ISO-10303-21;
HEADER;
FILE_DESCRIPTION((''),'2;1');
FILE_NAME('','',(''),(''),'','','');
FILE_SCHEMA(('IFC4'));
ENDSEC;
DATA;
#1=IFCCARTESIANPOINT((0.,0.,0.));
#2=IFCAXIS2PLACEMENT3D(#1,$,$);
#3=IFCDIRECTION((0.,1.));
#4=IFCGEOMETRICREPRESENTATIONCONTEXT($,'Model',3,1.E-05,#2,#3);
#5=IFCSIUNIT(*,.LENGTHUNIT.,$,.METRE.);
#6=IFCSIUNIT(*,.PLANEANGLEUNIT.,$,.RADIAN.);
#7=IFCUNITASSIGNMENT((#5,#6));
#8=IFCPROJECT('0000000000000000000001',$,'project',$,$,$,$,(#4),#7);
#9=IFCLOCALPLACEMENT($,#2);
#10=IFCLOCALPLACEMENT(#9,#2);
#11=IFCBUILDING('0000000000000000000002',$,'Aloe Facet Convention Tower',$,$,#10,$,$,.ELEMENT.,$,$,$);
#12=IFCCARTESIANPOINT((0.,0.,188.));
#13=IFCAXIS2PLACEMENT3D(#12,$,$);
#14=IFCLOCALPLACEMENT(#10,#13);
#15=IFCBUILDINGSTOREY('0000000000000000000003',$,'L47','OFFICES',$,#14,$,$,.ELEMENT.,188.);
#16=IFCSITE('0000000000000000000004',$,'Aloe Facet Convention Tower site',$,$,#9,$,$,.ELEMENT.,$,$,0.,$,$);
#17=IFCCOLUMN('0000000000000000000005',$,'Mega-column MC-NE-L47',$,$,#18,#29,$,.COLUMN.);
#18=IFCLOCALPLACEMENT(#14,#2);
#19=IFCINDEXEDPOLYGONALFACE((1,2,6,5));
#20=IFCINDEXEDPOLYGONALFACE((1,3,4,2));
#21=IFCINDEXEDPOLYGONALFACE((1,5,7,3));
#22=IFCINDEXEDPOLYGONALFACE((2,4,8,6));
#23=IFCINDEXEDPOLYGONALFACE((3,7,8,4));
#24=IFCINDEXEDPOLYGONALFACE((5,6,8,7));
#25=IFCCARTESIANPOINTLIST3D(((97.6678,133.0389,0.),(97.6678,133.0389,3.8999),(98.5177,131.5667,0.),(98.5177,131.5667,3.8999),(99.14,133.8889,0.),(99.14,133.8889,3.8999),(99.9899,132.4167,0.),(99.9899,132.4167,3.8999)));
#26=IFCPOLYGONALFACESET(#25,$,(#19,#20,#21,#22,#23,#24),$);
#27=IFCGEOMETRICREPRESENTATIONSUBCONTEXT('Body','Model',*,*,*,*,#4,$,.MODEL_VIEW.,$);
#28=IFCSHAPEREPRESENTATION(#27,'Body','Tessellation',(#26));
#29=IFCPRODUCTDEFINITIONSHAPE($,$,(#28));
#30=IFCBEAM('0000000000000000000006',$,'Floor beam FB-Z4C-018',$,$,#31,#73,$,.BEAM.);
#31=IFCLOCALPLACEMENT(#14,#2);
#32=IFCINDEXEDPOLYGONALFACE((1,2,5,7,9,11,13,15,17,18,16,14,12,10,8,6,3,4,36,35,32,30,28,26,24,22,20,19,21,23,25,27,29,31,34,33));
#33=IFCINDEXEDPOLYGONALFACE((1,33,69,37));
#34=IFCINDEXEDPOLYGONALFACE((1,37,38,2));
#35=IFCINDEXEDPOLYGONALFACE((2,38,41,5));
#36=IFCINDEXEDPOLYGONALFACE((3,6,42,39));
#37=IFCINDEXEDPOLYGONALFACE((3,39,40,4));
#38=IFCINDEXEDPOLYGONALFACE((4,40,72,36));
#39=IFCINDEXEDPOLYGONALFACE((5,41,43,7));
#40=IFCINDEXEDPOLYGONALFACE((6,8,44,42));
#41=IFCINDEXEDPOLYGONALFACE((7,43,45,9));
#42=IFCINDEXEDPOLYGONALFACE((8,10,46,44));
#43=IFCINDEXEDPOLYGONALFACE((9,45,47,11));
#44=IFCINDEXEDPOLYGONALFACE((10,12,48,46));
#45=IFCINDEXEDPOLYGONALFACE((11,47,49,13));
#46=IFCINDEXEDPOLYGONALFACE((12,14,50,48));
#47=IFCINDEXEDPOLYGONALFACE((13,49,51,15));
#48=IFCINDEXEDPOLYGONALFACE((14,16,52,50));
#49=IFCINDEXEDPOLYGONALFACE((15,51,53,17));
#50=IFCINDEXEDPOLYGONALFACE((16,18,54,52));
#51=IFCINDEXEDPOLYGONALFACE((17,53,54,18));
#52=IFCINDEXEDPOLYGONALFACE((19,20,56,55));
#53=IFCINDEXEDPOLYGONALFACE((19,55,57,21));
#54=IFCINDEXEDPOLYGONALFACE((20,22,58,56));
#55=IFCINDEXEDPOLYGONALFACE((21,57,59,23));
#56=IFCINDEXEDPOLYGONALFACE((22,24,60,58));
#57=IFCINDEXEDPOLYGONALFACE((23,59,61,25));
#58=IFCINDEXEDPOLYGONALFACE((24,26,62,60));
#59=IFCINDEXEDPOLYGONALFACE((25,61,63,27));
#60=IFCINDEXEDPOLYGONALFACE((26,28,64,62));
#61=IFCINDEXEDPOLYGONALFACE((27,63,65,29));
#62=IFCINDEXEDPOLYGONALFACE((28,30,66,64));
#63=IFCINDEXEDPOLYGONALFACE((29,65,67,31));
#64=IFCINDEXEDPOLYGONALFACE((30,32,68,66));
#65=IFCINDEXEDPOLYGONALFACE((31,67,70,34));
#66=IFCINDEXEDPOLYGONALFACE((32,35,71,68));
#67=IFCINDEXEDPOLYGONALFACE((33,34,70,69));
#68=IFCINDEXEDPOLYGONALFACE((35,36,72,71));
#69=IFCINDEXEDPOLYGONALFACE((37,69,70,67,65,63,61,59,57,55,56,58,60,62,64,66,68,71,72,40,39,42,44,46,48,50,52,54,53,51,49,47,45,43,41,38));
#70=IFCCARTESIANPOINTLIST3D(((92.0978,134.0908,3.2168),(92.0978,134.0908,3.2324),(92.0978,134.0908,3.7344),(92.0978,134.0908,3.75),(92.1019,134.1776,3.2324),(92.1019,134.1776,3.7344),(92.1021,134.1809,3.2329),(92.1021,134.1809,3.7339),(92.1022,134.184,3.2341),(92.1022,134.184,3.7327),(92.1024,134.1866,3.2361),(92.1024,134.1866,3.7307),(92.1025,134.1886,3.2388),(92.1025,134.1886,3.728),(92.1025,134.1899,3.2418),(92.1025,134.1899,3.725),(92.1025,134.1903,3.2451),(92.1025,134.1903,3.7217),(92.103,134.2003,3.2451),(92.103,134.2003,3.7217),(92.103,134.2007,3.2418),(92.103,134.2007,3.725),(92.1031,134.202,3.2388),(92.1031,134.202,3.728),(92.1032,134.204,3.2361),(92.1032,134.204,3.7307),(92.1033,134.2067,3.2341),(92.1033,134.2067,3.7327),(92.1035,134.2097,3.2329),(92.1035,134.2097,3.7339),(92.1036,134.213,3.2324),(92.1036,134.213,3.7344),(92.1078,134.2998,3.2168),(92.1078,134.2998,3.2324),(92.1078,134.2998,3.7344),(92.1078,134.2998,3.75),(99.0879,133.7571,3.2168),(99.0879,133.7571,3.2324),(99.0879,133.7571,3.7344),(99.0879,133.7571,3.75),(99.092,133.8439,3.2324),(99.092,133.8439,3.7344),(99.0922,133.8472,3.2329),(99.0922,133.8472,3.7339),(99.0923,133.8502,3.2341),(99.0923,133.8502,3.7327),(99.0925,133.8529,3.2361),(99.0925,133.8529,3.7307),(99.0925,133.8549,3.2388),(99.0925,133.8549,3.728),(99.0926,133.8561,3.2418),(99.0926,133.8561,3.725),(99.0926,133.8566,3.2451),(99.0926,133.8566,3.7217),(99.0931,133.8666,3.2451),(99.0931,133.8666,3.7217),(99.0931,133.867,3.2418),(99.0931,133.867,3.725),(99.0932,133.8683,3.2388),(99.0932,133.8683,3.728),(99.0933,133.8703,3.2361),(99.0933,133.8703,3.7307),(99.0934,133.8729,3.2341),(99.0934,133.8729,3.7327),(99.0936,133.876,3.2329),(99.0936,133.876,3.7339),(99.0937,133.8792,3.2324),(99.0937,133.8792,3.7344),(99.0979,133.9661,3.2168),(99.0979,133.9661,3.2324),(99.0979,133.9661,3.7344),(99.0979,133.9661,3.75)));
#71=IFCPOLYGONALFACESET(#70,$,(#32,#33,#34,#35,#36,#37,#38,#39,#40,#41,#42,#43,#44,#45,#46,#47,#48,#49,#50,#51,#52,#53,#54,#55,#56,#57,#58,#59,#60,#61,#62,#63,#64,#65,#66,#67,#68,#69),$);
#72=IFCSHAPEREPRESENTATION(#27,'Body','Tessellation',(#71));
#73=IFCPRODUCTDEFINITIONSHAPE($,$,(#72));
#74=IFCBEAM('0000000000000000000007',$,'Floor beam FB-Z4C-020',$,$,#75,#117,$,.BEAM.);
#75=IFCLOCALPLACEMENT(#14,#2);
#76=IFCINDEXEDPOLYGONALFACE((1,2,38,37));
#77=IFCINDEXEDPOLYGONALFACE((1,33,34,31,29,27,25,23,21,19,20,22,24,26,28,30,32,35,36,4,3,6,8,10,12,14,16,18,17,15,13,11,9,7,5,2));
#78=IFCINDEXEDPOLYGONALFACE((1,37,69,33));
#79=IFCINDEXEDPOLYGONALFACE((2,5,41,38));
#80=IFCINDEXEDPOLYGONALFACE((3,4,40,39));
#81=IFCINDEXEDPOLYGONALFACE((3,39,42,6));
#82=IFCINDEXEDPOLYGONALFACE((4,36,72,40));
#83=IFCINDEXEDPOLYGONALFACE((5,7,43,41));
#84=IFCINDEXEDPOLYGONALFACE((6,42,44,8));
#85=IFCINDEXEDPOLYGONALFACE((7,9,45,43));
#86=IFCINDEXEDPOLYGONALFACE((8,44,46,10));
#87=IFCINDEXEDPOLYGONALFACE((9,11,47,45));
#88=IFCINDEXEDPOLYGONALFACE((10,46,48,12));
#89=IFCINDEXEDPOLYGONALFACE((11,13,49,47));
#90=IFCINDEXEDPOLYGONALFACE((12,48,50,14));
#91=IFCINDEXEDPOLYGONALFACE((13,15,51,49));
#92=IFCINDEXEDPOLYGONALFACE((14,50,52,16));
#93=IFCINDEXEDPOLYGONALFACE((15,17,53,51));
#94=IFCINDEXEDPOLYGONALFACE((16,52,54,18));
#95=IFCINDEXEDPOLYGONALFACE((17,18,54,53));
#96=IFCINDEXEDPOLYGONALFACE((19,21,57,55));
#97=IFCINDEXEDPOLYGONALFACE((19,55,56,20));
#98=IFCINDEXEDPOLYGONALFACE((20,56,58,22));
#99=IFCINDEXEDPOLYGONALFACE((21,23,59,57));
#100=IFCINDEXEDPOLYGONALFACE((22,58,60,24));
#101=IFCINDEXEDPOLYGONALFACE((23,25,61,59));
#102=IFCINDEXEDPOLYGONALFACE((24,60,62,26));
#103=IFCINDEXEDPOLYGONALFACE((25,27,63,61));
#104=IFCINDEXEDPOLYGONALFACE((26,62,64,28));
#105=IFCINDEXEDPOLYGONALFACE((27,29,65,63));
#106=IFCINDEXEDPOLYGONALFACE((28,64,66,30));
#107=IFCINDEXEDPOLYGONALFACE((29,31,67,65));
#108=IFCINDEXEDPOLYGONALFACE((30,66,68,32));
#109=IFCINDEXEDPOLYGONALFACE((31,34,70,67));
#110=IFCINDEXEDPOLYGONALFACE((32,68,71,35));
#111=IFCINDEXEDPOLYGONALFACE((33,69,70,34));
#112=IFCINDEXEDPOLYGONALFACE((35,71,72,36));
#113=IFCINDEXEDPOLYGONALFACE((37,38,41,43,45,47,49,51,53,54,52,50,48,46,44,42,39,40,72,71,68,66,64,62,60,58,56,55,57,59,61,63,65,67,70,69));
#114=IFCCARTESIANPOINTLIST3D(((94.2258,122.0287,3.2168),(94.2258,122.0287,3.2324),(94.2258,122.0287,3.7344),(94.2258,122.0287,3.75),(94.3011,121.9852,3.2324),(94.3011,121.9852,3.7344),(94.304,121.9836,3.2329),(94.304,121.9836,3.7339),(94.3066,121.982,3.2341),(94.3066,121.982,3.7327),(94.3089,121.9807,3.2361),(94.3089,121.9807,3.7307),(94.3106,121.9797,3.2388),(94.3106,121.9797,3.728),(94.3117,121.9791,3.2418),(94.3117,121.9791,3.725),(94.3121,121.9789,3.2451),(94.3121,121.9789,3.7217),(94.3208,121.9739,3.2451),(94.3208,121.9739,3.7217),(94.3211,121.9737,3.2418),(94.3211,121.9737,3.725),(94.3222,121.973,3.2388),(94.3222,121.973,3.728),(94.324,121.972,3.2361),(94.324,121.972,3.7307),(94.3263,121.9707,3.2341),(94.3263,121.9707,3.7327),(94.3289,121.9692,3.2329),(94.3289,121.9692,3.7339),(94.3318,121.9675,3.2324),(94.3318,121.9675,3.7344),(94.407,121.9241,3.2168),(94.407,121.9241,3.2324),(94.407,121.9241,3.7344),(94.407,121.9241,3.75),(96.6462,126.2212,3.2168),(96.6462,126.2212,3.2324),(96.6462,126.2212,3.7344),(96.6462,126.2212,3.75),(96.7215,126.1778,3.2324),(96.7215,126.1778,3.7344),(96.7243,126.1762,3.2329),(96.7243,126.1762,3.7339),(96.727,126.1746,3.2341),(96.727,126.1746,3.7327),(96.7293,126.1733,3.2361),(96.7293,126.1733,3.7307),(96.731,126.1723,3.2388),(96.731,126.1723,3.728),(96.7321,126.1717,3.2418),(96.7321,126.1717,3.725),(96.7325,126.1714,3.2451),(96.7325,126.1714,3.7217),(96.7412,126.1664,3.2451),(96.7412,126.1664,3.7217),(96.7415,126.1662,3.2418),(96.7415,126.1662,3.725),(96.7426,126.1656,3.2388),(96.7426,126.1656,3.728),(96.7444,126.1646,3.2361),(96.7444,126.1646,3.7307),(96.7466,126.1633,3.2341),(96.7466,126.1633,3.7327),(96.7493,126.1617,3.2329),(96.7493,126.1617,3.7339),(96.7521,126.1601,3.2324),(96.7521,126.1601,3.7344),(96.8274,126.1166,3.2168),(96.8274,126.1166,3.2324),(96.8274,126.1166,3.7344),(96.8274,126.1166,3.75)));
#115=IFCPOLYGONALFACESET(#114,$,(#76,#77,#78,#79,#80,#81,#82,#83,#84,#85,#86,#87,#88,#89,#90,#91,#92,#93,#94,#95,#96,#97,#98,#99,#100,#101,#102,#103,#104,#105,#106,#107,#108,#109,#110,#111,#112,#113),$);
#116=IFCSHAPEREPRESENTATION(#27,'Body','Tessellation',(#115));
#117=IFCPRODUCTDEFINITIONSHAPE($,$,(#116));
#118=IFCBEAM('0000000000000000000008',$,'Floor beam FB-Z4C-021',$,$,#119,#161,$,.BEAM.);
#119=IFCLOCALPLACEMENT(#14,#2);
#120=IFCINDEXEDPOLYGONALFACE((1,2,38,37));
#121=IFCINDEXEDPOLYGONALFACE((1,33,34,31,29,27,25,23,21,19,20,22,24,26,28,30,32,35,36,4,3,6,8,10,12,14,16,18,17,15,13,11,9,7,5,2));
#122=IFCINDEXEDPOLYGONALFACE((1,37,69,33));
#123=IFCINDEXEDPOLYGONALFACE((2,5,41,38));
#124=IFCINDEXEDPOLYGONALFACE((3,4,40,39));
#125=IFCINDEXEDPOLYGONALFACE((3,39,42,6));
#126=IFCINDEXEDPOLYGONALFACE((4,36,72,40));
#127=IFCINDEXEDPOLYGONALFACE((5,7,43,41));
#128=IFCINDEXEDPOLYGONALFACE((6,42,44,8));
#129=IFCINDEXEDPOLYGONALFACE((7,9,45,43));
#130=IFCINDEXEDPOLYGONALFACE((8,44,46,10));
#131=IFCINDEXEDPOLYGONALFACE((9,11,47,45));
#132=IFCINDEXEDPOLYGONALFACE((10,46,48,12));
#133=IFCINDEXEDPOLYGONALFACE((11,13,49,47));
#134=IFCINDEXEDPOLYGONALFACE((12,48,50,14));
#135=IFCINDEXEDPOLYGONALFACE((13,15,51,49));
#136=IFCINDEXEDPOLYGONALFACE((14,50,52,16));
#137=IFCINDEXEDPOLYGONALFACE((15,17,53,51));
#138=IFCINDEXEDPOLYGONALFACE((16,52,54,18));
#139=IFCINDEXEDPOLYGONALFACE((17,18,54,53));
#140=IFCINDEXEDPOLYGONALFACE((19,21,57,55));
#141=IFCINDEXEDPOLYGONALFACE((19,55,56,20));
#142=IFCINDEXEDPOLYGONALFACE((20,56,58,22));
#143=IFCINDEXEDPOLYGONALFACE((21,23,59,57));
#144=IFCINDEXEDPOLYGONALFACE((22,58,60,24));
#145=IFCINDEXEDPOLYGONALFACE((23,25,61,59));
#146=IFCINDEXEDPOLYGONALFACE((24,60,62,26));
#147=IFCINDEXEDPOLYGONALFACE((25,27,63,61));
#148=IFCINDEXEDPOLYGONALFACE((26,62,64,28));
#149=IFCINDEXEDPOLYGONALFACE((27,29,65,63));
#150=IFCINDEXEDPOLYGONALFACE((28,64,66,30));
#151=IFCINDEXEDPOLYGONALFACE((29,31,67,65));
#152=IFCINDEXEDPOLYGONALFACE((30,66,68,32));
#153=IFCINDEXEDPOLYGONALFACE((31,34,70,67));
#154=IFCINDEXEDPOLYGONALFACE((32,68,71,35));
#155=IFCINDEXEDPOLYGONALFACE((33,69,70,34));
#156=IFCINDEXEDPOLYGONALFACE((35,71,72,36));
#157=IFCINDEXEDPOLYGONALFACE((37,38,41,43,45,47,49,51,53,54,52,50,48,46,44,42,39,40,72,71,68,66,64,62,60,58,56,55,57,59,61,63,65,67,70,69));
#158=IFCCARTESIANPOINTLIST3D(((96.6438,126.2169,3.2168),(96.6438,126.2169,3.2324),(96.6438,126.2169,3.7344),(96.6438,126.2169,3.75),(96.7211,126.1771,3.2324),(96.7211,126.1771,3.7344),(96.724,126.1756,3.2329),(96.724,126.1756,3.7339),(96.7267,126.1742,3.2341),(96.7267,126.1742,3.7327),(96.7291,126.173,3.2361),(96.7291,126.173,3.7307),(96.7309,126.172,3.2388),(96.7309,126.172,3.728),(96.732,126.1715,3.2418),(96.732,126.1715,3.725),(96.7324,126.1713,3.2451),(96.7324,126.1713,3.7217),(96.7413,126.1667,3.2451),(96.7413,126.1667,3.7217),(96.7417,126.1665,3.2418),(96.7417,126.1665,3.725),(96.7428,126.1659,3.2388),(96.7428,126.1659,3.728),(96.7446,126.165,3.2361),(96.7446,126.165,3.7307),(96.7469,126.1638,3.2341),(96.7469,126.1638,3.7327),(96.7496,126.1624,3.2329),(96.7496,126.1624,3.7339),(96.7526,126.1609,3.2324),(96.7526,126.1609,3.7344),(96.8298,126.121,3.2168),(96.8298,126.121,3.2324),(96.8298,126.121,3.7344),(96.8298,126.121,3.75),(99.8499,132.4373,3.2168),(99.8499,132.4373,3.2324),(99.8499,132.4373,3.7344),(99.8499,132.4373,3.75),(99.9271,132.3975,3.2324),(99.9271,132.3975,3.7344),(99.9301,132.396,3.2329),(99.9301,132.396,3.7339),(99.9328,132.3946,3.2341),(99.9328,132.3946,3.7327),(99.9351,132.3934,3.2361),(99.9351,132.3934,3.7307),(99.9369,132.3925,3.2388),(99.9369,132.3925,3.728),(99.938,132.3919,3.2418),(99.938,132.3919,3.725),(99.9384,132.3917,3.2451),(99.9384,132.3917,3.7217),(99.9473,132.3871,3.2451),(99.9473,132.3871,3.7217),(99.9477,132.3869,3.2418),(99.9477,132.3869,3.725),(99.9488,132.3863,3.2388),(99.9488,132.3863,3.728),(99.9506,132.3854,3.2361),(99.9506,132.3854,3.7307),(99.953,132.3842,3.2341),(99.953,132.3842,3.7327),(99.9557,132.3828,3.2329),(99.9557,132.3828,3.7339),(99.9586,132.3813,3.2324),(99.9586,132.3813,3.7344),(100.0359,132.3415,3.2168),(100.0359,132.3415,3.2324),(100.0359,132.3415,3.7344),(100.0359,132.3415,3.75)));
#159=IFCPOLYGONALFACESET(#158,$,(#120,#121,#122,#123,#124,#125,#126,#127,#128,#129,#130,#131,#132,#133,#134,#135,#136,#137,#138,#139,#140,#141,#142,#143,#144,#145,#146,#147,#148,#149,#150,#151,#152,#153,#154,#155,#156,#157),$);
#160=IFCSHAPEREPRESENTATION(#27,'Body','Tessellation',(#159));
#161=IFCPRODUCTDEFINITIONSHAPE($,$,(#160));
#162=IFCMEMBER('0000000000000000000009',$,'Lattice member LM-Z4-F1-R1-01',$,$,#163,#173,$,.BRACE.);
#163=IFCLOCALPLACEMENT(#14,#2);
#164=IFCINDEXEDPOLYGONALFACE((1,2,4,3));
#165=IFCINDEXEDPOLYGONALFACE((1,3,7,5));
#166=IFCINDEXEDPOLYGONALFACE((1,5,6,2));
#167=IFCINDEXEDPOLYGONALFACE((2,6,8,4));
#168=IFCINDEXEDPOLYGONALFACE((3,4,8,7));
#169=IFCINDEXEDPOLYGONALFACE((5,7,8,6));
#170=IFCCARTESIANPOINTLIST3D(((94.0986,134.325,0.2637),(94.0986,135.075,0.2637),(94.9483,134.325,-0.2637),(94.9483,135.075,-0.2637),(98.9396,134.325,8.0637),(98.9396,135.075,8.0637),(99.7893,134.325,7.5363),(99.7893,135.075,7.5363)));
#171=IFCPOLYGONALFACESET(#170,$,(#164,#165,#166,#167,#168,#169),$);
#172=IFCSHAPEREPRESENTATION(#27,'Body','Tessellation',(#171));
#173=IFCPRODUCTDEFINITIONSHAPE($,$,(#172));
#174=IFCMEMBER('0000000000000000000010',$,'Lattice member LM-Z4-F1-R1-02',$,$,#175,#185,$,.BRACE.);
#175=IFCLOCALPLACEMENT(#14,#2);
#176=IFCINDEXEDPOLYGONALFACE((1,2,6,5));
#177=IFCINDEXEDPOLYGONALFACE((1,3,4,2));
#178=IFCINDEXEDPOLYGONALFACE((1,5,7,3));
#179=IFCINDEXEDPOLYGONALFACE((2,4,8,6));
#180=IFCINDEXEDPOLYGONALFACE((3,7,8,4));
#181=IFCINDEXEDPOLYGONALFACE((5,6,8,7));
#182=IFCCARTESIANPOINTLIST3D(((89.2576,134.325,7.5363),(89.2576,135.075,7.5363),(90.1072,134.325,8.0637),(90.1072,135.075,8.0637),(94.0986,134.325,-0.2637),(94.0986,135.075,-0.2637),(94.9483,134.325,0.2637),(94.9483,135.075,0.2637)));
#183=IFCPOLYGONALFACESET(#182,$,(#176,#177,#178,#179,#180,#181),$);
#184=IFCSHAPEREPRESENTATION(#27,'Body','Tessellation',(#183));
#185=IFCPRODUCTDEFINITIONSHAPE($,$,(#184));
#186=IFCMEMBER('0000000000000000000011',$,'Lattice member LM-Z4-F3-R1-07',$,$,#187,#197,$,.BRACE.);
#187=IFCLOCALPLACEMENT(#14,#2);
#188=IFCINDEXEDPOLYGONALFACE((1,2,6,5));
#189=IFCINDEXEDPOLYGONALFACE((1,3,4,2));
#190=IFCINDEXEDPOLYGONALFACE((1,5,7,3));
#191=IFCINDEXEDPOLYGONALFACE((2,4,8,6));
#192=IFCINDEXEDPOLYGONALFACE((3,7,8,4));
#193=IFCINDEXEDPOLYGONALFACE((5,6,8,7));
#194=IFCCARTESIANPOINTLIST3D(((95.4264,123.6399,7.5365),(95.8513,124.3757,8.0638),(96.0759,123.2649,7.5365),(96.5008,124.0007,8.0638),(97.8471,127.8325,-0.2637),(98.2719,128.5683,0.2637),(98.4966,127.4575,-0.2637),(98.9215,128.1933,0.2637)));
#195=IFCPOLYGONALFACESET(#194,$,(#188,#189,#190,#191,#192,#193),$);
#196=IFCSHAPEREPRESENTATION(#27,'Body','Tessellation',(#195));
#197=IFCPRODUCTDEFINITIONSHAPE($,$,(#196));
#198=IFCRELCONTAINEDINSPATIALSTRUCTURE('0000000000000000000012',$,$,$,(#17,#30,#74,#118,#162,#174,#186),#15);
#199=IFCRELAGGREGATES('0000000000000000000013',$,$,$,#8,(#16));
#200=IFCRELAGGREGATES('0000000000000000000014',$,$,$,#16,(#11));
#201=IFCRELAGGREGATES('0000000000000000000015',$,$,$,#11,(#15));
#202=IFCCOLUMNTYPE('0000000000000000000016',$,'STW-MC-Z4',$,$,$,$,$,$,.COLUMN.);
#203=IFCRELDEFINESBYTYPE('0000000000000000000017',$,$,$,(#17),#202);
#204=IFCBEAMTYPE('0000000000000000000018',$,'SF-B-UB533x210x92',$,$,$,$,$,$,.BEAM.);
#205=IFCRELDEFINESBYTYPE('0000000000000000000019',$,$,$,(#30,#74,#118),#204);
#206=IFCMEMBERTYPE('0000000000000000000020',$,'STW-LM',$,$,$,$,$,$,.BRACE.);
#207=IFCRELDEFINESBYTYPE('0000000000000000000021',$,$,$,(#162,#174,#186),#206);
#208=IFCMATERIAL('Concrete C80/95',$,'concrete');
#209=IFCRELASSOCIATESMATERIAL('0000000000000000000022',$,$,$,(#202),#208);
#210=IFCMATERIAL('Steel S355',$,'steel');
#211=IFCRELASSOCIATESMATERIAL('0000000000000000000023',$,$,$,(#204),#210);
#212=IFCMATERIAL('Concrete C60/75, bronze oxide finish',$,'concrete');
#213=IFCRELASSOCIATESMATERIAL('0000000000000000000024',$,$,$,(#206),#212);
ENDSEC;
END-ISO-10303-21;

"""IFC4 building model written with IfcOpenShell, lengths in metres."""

from ifc_helpers import new_model, si_unit, direction, frame, origin, origin_2d, place, context, subcontext, project, spatial, rectangle, i_section, extrude, material, material_profile, profile_set, type_object, element, save


model = new_model("IFC4")

# Units and contexts
model_context = context("Model", 3, precision=1e-05, world=origin(), true_north=direction((0.0, 1.0)))
body_context = subcontext(model_context, "Body", "Model", "MODEL_VIEW")
ifc_project = project(units=[si_unit("LENGTHUNIT", "METRE"), si_unit("PLANEANGLEUNIT", "RADIAN")], contexts=[model_context])

# Site, building, storey
site_placement = place(None, origin())
site = spatial("IfcSite", under=ifc_project, at=site_placement, Name="Aloe Facet Convention Tower site", CompositionType="ELEMENT", RefElevation=0.0)
building_placement = place(site_placement, origin())
building = spatial("IfcBuilding", under=site, at=building_placement, Name="Aloe Facet Convention Tower", CompositionType="ELEMENT")
storey_placement = place(building_placement, frame((0.0, 0.0, 188.0)))
storey = spatial("IfcBuildingStorey", under=building, at=storey_placement, Name="L47", Description="OFFICES", CompositionType="ELEMENT", Elevation=188.0)

# Column
ifc_material_1 = material(Name="Concrete C80/95", Category="concrete")
ifc_material_profile_1 = material_profile(ifc_material_1, rectangle(XDim=1.7, YDim=1.7, at=origin_2d()), Name="STW-MC-Z4")
ifc_profile_set_1 = profile_set([ifc_material_profile_1], Name="Concrete C80/95")
column_type = type_object("IfcColumnType", Name="STW-MC-Z4", PredefinedType="COLUMN", material=ifc_profile_set_1)
column_placement = place(storey_placement, frame((98.8289, 132.7278, 0.0), z_axis=(0.0, 0.0, 1.0), x_axis=(-0.5, 0.866025, 0.0)))
element("IfcColumn", 1, at=column_placement, inside=storey, type_object=column_type, Name="Mega-column MC-NE-L47", PredefinedType="COLUMN", context=body_context, shape_type="SweptSolid", body=[
    extrude(rectangle(XDim=1.7, YDim=1.7, at=origin_2d()), origin(), (0.0, 0.0, 1.0), 3.8999),
])

# Beams
ifc_material_2 = material(Name="Steel S355", Category="steel")
ifc_material_profile_2 = material_profile(ifc_material_2, i_section(OverallWidth=0.2092, OverallDepth=0.5332, WebThickness=0.01, FlangeThickness=0.0156, FilletRadius=0.0127, at=origin_2d()), Name="UB 533x210x92")
ifc_profile_set_2 = profile_set([ifc_material_profile_2], Name="Steel S355")
beam_type = type_object("IfcBeamType", Name="SF-B-UB533x210x92", PredefinedType="BEAM", material=ifc_profile_set_2)
beam_1_placement = place(storey_placement, frame((92.1028, 134.1953, 3.4834), z_axis=(0.998862, -0.047691, 0.0), x_axis=(0.047691, 0.998862, 0.0)))
element("IfcBeam", 2, at=beam_1_placement, inside=storey, type_object=beam_type, Name="Floor beam FB-Z4C-018", PredefinedType="BEAM", context=body_context, shape_type="SweptSolid", body=[
    extrude(i_section(OverallWidth=0.2092, OverallDepth=0.5332, WebThickness=0.01, FlangeThickness=0.0156, FilletRadius=0.0127, at=origin_2d()), origin(), (0.0, 0.0, 1.0), 6.998),
])
beam_2_placement = place(storey_placement, frame((96.7368, 126.1689, 3.4834), z_axis=(-0.499968, -0.866044, 0.0), x_axis=(0.866044, -0.499968, 0.0)))
element("IfcBeam", 3, at=beam_2_placement, inside=storey, type_object=beam_type, Name="Floor beam FB-Z4C-020", PredefinedType="BEAM", context=body_context, shape_type="SweptSolid", body=[
    extrude(i_section(OverallWidth=0.2092, OverallDepth=0.5332, WebThickness=0.01, FlangeThickness=0.0156, FilletRadius=0.0127, at=origin_2d()), origin(), (0.0, 0.0, 1.0), 4.8411),
])
beam_3_placement = place(storey_placement, frame((99.9429, 132.3894, 3.4834), z_axis=(-0.458135, -0.888883, 0.0), x_axis=(0.888883, -0.458135, 0.0)))
element("IfcBeam", 4, at=beam_3_placement, inside=storey, type_object=beam_type, Name="Floor beam FB-Z4C-021", PredefinedType="BEAM", context=body_context, shape_type="SweptSolid", body=[
    extrude(i_section(OverallWidth=0.2092, OverallDepth=0.5332, WebThickness=0.01, FlangeThickness=0.0156, FilletRadius=0.0127, at=origin_2d()), origin(), (0.0, 0.0, 1.0), 6.998),
])

# Members
ifc_material_3 = material(Name="Concrete C60/75, bronze oxide finish", Category="concrete")
ifc_material_profile_3 = material_profile(ifc_material_3, rectangle(XDim=0.75, YDim=1.0, at=origin_2d()), Name="STW-LM")
ifc_profile_set_3 = profile_set([ifc_material_profile_3], Name="Concrete C60/75, bronze oxide finish")
member_type = type_object("IfcMemberType", Name="STW-LM", PredefinedType="BRACE", material=ifc_profile_set_3)
for number, where, z_axis, x_axis, name in (
    (5, (94.5234, 134.7, 0.0), (0.527336, 0.0, 0.849657), (0.0, 1.0, 0.0), "Lattice member LM-Z4-F1-R1-01"),
    (6, (94.5234, 134.7, 0.0), (-0.527336, 0.0, 0.849657), (0.0, -1.0, 0.0), "Lattice member LM-Z4-F1-R1-02"),
):
    element("IfcMember", number, at=place(storey_placement, frame(where, z_axis=z_axis, x_axis=x_axis)), inside=storey, type_object=member_type, Name=name, PredefinedType="BRACE", context=body_context, shape_type="SweptSolid", body=[
        extrude(rectangle(XDim=0.75, YDim=1.0, at=origin_2d()), origin(), (0.0, 0.0, 1.0), 9.1802),
    ])
member_1_placement = place(storey_placement, frame((98.3843, 128.0129, 0.0), z_axis=(-0.263678, -0.456697, 0.849648), x_axis=(0.866022, -0.500006, 0.0)))
element("IfcMember", 7, at=member_1_placement, inside=storey, type_object=member_type, Name="Lattice member LM-Z4-F3-R1-07", PredefinedType="BRACE", context=body_context, shape_type="SweptSolid", body=[
    extrude(rectangle(XDim=0.75, YDim=1.0, at=origin_2d()), origin(), (0.0, 0.0, 1.0), 9.1804),
])

save(model, "model.ifc")
